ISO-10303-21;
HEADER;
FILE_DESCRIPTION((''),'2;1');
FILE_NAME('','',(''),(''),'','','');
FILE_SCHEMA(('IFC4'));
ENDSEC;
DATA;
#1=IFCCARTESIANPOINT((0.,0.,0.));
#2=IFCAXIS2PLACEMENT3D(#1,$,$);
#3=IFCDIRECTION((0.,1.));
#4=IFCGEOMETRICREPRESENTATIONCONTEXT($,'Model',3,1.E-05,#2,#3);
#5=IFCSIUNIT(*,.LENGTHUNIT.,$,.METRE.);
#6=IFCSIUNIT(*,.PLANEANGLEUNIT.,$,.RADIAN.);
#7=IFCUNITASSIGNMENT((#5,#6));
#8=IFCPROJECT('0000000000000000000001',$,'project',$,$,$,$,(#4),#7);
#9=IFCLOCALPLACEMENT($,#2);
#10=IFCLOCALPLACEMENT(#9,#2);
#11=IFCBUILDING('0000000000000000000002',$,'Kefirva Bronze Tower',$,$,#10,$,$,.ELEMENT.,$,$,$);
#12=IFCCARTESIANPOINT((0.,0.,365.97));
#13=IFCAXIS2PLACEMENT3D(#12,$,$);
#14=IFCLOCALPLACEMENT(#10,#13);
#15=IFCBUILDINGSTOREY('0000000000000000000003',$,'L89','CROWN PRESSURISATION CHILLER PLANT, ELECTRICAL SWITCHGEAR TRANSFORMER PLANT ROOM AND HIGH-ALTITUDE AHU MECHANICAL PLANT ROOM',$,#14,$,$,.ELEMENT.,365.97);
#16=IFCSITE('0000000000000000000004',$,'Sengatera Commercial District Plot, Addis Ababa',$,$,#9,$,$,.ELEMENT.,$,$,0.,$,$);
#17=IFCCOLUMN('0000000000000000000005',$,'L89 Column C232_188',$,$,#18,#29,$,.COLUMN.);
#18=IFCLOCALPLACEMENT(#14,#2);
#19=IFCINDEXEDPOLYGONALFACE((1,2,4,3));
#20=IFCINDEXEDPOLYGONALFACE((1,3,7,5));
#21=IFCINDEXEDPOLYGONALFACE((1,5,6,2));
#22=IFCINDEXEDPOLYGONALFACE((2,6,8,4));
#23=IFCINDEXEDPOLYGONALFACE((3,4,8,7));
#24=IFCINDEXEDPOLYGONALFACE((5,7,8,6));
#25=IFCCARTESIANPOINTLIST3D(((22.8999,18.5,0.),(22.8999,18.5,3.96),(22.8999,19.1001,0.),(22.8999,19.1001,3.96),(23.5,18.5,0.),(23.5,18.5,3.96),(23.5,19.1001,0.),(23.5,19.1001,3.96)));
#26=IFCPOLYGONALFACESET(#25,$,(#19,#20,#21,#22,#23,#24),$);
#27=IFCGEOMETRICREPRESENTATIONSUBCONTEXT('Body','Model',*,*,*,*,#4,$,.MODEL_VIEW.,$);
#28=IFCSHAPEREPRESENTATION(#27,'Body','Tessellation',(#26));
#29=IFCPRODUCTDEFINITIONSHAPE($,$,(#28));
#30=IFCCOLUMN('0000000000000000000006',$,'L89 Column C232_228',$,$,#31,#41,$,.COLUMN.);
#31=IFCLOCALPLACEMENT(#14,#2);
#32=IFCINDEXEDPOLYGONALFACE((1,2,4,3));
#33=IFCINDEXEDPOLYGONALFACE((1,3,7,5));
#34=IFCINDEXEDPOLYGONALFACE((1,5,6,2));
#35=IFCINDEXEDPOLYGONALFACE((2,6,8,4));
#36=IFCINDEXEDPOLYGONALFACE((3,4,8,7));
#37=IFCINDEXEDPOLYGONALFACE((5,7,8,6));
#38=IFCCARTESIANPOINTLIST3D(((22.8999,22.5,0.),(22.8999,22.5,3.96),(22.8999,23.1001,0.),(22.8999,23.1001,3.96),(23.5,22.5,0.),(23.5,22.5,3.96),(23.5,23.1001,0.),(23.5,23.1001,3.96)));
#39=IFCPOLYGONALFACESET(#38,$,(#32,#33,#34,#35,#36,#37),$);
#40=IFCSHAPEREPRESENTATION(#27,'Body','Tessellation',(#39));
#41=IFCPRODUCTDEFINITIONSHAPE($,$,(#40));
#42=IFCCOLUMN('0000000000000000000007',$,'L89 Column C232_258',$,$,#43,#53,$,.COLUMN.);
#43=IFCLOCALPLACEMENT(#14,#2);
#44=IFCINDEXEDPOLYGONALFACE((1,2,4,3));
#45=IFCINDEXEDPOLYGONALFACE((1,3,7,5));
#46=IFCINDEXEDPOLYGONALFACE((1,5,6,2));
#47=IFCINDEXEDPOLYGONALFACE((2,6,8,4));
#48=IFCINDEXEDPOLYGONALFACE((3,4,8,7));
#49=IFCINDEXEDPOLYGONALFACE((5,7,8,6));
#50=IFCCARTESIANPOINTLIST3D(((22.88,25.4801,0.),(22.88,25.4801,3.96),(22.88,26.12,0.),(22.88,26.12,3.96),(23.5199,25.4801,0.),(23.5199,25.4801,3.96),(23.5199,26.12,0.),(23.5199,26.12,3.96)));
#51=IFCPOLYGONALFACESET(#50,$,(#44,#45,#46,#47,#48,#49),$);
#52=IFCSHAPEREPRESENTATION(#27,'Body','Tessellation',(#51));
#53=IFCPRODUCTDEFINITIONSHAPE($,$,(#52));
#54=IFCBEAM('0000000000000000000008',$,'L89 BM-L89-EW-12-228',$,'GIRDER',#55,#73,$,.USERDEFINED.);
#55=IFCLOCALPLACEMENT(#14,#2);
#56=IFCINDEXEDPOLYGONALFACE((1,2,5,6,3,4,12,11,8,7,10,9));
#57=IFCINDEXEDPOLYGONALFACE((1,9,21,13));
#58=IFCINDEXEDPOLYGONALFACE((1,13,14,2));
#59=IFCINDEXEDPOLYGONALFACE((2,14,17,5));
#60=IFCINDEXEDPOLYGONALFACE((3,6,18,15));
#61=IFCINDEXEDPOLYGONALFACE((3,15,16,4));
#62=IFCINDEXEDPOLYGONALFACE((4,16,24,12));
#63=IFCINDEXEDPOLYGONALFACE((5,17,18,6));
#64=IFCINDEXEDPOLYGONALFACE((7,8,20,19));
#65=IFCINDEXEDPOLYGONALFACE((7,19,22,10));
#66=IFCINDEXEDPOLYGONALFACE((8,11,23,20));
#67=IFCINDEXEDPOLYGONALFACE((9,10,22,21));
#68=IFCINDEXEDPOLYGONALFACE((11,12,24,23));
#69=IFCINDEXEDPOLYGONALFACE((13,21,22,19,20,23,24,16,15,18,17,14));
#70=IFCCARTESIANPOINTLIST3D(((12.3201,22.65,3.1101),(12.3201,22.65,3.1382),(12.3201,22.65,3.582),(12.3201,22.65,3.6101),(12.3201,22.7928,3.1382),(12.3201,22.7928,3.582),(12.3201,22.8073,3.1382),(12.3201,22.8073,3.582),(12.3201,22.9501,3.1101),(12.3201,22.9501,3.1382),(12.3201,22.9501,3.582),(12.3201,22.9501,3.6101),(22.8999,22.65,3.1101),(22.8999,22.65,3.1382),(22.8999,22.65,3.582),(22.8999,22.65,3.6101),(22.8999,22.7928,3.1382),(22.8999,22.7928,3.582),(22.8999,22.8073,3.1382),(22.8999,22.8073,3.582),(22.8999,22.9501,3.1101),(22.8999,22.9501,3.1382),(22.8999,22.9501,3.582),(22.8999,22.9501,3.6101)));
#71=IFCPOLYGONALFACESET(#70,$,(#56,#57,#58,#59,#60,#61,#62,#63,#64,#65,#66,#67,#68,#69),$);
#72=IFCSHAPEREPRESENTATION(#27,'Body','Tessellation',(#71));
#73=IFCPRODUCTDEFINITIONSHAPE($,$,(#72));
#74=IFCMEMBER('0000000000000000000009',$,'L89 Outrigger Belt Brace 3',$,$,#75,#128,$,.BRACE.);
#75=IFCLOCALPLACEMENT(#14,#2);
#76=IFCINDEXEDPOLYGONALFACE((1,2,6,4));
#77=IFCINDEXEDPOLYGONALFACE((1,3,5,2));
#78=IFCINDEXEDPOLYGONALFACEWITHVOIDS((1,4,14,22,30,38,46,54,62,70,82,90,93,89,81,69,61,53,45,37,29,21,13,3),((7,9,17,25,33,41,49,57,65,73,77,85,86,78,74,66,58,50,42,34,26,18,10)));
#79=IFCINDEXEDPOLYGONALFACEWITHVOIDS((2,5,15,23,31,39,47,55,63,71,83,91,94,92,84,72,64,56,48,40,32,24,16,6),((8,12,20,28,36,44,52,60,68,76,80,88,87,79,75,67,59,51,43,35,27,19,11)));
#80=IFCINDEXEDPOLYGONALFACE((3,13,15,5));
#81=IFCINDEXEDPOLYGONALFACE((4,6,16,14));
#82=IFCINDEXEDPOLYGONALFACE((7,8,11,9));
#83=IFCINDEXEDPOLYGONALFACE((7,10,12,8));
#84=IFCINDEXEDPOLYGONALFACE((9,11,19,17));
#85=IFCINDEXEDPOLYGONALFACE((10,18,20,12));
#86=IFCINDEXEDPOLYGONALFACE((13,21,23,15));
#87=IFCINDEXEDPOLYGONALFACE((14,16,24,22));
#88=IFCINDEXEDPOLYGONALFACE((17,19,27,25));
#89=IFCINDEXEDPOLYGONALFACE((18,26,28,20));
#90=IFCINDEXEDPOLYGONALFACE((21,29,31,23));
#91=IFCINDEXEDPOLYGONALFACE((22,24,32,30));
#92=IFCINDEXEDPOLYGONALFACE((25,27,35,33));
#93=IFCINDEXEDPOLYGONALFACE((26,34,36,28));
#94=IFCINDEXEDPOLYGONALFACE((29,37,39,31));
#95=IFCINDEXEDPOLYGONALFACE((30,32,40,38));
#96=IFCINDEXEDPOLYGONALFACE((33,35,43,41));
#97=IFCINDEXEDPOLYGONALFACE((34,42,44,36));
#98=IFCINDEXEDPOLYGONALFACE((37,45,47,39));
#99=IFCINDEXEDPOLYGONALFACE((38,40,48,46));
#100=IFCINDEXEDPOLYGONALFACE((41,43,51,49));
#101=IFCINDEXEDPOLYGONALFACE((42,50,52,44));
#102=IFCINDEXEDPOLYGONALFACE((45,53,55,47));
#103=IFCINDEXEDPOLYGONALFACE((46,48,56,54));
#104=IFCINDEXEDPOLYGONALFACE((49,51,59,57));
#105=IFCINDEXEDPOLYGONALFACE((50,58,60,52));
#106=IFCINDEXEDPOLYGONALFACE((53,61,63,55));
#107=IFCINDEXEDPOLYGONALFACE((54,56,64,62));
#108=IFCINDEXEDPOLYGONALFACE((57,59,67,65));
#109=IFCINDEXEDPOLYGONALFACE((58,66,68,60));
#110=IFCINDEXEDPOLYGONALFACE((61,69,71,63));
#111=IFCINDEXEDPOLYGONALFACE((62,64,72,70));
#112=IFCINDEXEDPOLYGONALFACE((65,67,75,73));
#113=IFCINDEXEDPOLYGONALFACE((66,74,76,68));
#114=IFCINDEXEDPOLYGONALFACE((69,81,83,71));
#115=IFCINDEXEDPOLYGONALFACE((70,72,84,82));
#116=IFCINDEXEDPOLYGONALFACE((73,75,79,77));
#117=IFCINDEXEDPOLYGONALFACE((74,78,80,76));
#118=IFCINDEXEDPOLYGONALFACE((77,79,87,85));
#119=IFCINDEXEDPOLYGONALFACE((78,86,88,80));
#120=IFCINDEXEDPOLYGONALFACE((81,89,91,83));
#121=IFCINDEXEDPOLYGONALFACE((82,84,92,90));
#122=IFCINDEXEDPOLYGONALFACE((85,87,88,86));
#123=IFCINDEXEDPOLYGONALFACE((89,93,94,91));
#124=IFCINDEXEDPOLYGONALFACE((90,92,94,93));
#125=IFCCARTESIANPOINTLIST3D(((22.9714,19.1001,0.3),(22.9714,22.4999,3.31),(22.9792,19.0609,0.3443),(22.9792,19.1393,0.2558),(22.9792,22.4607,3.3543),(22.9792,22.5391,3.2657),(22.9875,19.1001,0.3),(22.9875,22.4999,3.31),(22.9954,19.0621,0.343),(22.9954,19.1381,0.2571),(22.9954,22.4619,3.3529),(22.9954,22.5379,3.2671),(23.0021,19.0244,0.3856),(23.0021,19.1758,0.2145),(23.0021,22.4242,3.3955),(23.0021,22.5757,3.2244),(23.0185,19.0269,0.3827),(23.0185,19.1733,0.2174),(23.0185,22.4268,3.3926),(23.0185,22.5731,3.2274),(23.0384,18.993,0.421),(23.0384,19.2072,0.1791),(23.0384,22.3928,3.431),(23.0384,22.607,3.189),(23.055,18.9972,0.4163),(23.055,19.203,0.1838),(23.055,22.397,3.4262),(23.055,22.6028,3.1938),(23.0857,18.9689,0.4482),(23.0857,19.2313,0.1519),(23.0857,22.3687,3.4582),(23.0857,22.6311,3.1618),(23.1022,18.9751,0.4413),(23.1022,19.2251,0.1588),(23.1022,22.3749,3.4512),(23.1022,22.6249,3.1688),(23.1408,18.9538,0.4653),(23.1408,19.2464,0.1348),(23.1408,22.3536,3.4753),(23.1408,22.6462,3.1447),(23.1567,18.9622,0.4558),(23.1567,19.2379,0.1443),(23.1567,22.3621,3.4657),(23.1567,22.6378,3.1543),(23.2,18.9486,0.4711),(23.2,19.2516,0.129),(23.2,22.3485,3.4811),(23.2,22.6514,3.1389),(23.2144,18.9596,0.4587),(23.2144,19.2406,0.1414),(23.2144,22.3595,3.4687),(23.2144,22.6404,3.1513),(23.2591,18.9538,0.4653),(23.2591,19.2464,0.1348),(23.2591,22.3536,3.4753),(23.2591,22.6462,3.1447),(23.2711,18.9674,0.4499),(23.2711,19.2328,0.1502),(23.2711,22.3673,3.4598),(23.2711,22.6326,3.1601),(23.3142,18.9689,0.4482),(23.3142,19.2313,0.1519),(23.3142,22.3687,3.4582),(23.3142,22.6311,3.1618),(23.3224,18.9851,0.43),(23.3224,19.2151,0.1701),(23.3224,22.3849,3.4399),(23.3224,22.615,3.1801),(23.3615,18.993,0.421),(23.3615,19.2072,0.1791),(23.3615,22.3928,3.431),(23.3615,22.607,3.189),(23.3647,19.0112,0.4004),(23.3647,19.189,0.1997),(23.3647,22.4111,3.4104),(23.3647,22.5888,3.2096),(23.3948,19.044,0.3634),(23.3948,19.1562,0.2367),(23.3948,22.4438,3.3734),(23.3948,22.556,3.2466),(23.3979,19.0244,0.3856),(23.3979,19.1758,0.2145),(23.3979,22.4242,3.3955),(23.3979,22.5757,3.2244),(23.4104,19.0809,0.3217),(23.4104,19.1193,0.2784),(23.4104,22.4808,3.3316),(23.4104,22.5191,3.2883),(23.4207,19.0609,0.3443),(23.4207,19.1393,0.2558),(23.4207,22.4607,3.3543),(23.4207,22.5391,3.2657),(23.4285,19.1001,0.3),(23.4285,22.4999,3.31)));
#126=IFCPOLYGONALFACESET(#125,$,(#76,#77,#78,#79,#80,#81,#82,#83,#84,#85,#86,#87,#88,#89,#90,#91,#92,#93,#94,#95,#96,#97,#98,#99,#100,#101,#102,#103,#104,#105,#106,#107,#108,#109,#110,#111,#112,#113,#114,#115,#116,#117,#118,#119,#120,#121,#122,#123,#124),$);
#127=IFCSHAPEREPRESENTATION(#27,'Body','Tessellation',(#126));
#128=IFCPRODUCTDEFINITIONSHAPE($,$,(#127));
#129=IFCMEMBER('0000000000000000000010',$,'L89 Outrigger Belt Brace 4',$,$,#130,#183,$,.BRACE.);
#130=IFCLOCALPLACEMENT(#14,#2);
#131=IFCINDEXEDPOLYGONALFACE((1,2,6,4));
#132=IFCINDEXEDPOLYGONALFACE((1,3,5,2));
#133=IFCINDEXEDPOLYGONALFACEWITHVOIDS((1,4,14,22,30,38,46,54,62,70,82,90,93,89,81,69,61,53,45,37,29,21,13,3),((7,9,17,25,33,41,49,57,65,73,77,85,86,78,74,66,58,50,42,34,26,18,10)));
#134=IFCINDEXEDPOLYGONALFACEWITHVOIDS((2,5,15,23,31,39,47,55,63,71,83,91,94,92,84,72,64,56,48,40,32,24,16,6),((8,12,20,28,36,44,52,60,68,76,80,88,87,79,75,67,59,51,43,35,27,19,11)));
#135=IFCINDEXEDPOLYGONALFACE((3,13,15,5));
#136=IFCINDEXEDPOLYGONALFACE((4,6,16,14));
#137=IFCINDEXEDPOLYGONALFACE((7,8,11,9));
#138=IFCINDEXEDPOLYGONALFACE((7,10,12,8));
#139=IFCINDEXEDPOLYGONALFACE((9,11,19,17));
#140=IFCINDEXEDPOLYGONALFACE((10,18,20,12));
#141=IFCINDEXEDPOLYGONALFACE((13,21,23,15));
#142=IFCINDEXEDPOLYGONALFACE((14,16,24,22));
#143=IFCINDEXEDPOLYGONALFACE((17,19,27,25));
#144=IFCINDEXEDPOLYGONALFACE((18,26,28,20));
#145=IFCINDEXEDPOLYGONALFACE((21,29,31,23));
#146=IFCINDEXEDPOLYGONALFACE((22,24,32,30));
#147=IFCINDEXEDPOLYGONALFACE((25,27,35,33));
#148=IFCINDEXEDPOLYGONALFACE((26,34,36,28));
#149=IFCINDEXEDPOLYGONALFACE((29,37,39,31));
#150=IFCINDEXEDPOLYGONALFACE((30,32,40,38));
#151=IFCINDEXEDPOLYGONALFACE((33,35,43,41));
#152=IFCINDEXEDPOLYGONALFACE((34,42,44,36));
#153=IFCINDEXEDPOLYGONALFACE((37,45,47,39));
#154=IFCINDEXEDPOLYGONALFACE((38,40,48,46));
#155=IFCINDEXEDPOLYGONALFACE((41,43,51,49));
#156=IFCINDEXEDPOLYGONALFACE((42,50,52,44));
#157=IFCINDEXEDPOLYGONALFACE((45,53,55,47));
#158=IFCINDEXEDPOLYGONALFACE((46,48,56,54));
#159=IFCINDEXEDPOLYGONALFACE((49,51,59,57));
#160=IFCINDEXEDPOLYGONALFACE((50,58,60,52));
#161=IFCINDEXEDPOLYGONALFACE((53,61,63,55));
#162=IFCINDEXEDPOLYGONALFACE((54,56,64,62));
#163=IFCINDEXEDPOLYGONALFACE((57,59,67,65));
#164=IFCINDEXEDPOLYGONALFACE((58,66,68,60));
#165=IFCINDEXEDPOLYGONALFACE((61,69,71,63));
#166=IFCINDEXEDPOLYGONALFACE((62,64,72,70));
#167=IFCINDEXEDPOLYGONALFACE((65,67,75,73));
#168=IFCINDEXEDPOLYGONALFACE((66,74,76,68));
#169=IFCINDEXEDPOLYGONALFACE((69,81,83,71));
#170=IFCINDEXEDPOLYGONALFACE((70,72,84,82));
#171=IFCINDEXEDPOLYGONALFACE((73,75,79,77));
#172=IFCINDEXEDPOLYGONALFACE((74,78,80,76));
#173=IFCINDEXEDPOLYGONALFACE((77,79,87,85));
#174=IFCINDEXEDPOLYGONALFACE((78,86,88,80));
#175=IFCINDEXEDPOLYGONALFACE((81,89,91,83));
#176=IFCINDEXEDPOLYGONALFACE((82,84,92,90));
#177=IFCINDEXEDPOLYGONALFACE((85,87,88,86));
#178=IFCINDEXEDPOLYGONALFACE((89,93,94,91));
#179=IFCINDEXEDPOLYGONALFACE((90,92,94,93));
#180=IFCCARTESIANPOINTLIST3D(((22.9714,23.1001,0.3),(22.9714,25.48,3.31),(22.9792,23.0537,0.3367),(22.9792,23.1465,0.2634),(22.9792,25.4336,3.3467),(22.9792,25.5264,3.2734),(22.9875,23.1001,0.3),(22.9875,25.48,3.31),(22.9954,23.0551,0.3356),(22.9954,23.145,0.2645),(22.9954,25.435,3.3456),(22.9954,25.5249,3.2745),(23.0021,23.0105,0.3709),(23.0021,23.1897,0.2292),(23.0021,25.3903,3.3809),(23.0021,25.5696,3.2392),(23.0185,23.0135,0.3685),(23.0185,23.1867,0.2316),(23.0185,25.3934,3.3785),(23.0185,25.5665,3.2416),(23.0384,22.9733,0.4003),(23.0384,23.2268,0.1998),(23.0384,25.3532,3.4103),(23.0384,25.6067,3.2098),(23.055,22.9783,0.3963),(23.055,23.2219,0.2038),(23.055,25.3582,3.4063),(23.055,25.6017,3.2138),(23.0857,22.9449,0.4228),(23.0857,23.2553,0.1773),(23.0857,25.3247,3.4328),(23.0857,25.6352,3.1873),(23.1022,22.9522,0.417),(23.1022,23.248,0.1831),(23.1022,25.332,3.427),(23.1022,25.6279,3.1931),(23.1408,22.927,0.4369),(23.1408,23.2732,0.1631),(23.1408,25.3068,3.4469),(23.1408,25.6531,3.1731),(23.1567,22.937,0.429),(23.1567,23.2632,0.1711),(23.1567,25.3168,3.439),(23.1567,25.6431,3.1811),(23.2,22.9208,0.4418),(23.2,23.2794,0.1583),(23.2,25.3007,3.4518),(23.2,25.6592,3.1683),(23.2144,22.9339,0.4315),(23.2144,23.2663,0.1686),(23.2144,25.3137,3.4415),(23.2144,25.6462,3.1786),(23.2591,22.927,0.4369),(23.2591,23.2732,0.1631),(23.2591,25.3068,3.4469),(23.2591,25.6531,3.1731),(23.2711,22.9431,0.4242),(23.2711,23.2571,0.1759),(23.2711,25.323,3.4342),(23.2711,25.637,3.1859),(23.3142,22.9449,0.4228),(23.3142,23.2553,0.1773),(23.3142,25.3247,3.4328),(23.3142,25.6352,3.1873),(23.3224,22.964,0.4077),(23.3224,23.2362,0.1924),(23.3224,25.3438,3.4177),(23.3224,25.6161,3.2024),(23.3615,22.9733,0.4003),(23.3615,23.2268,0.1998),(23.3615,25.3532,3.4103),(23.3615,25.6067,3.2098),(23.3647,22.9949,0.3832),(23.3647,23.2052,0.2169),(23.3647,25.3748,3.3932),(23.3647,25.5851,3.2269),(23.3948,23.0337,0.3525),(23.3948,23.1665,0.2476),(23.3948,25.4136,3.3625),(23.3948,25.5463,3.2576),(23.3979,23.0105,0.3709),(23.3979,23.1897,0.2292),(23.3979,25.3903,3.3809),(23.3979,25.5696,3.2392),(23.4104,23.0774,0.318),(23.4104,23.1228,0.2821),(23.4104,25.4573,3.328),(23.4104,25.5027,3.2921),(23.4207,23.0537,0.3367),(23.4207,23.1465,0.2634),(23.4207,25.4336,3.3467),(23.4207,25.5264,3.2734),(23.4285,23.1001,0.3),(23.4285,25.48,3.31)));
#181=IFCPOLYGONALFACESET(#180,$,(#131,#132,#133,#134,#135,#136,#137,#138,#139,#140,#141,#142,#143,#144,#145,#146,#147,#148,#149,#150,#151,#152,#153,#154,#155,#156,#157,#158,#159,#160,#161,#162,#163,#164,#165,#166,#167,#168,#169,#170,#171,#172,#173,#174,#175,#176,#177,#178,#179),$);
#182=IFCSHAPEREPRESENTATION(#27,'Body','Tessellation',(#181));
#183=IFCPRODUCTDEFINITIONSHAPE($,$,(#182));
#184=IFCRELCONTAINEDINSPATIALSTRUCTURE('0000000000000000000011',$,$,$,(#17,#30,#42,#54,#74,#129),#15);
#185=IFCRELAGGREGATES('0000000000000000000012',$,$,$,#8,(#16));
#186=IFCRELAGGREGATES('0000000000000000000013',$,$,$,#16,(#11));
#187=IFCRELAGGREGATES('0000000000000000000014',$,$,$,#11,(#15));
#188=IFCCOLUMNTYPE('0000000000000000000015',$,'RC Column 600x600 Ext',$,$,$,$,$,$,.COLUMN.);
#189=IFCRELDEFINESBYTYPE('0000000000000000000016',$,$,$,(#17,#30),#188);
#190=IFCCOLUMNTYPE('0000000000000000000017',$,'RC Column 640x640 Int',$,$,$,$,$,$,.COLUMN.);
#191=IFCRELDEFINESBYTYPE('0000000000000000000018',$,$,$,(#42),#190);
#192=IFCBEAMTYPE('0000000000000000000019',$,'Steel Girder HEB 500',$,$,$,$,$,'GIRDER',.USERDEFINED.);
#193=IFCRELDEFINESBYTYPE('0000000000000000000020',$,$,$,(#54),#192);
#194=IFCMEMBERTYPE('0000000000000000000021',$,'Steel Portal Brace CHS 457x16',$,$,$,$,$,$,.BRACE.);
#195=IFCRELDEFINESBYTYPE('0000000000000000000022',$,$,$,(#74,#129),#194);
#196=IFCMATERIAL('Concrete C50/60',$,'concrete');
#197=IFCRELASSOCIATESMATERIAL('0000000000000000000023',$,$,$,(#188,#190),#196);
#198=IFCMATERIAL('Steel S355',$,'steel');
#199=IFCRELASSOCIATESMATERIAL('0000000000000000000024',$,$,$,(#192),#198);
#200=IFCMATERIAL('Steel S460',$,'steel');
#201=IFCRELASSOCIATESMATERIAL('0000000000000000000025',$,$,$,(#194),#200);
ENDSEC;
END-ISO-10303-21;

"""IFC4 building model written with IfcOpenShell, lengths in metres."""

from ifc_helpers import new_model, si_unit, direction, frame, origin, origin_2d, place, context, subcontext, project, spatial, rectangle, hollow_circle, i_section, extrude, material, material_profile, profile_set, type_object, element, save


model = new_model("IFC4")

# Units and contexts
model_context = context("Model", 3, precision=1e-05, world=origin(), true_north=direction((0.0, 1.0)))
body_context = subcontext(model_context, "Body", "Model", "MODEL_VIEW")
ifc_project = project(units=[si_unit("LENGTHUNIT", "METRE"), si_unit("PLANEANGLEUNIT", "RADIAN")], contexts=[model_context])

# Site, building, storey
site_placement = place(None, origin())
site = spatial("IfcSite", under=ifc_project, at=site_placement, Name="Sengatera Commercial District Plot, Addis Ababa", CompositionType="ELEMENT", RefElevation=0.0)
building_placement = place(site_placement, origin())
building = spatial("IfcBuilding", under=site, at=building_placement, Name="Kefirva Bronze Tower", CompositionType="ELEMENT")
storey_placement = place(building_placement, frame((0.0, 0.0, 365.97)))
storey = spatial("IfcBuildingStorey", under=building, at=storey_placement, Name="L89", Description="CROWN PRESSURISATION CHILLER PLANT, ELECTRICAL SWITCHGEAR TRANSFORMER PLANT ROOM AND HIGH-ALTITUDE AHU MECHANICAL PLANT ROOM", CompositionType="ELEMENT", Elevation=365.97)

# Columns
ifc_material_1 = material(Name="Concrete C50/60", Category="concrete")
ifc_material_profile_1 = material_profile(ifc_material_1, rectangle(XDim=0.6001, YDim=0.6001, at=origin_2d()), Name="RC 600x600")
ifc_profile_set_1 = profile_set([ifc_material_profile_1], Name="Concrete C50/60")
column_type_1 = type_object("IfcColumnType", Name="RC Column 600x600 Ext", PredefinedType="COLUMN", material=ifc_profile_set_1)
for number, where, z_axis, x_axis, name in (
    (1, (23.2, 18.8, 0.0), (0.0, 0.0, 1.0), (1.0, 0.0, 0.0), "L89 Column C232_188"),
    (2, (23.2, 22.8, 0.0), (0.0, 0.0, 1.0), (1.0, 0.0, 0.0), "L89 Column C232_228"),
):
    element("IfcColumn", number, at=place(storey_placement, frame(where, z_axis=z_axis, x_axis=x_axis)), inside=storey, type_object=column_type_1, Name=name, PredefinedType="COLUMN", context=body_context, shape_type="SweptSolid", body=[
        extrude(rectangle(XDim=0.6001, YDim=0.6001, at=origin_2d()), origin(), (0.0, 0.0, 1.0), 3.96),
    ])
ifc_material_profile_2 = material_profile(ifc_material_1, rectangle(XDim=0.6399, YDim=0.6399, at=origin_2d()), Name="RC 640x640")
ifc_profile_set_2 = profile_set([ifc_material_profile_2], Name="Concrete C50/60")
column_type_2 = type_object("IfcColumnType", Name="RC Column 640x640 Int", PredefinedType="COLUMN", material=ifc_profile_set_2)
column_placement = place(storey_placement, frame((23.2, 25.8, 0.0), z_axis=(0.0, 0.0, 1.0), x_axis=(1.0, 0.0, 0.0)))
element("IfcColumn", 3, at=column_placement, inside=storey, type_object=column_type_2, Name="L89 Column C232_258", PredefinedType="COLUMN", context=body_context, shape_type="SweptSolid", body=[
    extrude(rectangle(XDim=0.6399, YDim=0.6399, at=origin_2d()), origin(), (0.0, 0.0, 1.0), 3.96),
])

# Beam
ifc_material_2 = material(Name="Steel S355", Category="steel")
ifc_material_profile_3 = material_profile(ifc_material_2, i_section(OverallWidth=0.3, OverallDepth=0.5, WebThickness=0.0144, FlangeThickness=0.0281, at=origin_2d()), Name="HEB 500")
ifc_profile_set_3 = profile_set([ifc_material_profile_3], Name="Steel S355")
beam_type_1 = type_object("IfcBeamType", Name="Steel Girder HEB 500", ElementType="GIRDER", PredefinedType="USERDEFINED", material=ifc_profile_set_3)
beam_1_placement = place(storey_placement, frame((12.3201, 22.8, 3.3601), z_axis=(1.0, 0.0, 0.0), x_axis=(0.0, 1.0, 0.0)))
element("IfcBeam", 4, at=beam_1_placement, inside=storey, type_object=beam_type_1, Name="L89 BM-L89-EW-12-228", ObjectType="GIRDER", PredefinedType="USERDEFINED", context=body_context, shape_type="SweptSolid", body=[
    extrude(i_section(OverallWidth=0.3, OverallDepth=0.5, WebThickness=0.0144, FlangeThickness=0.0281, at=origin_2d()), origin(), (0.0, 0.0, 1.0), 10.5798),
])

# Members
ifc_material_3 = material(Name="Steel S460", Category="steel")
ifc_material_profile_4 = material_profile(ifc_material_3, hollow_circle(Radius=0.2285, WallThickness=0.0161, at=origin_2d()), Name="CHS 457x16")
ifc_profile_set_4 = profile_set([ifc_material_profile_4], Name="Steel S460")
member_type = type_object("IfcMemberType", Name="Steel Portal Brace CHS 457x16", PredefinedType="BRACE", material=ifc_profile_set_4)
member_1_placement = place(storey_placement, frame((23.2, 19.1001, 0.3), z_axis=(0.0, 0.748734, 0.662871), x_axis=(-1.0, 0.0, 0.0)))
element("IfcMember", 5, at=member_1_placement, inside=storey, type_object=member_type, Name="L89 Outrigger Belt Brace 3", PredefinedType="BRACE", context=body_context, shape_type="SweptSolid", body=[
    extrude(hollow_circle(Radius=0.2285, WallThickness=0.0161, at=origin_2d()), origin(), (0.0, 0.0, 1.0), 4.5408),
])
member_2_placement = place(storey_placement, frame((23.2, 23.1001, 0.3), z_axis=(0.0, 0.620216, 0.784431), x_axis=(-1.0, 0.0, 0.0)))
element("IfcMember", 6, at=member_2_placement, inside=storey, type_object=member_type, Name="L89 Outrigger Belt Brace 4", PredefinedType="BRACE", context=body_context, shape_type="SweptSolid", body=[
    extrude(hollow_circle(Radius=0.2285, WallThickness=0.0161, at=origin_2d()), origin(), (0.0, 0.0, 1.0), 3.8372),
])

save(model, "model.ifc")
